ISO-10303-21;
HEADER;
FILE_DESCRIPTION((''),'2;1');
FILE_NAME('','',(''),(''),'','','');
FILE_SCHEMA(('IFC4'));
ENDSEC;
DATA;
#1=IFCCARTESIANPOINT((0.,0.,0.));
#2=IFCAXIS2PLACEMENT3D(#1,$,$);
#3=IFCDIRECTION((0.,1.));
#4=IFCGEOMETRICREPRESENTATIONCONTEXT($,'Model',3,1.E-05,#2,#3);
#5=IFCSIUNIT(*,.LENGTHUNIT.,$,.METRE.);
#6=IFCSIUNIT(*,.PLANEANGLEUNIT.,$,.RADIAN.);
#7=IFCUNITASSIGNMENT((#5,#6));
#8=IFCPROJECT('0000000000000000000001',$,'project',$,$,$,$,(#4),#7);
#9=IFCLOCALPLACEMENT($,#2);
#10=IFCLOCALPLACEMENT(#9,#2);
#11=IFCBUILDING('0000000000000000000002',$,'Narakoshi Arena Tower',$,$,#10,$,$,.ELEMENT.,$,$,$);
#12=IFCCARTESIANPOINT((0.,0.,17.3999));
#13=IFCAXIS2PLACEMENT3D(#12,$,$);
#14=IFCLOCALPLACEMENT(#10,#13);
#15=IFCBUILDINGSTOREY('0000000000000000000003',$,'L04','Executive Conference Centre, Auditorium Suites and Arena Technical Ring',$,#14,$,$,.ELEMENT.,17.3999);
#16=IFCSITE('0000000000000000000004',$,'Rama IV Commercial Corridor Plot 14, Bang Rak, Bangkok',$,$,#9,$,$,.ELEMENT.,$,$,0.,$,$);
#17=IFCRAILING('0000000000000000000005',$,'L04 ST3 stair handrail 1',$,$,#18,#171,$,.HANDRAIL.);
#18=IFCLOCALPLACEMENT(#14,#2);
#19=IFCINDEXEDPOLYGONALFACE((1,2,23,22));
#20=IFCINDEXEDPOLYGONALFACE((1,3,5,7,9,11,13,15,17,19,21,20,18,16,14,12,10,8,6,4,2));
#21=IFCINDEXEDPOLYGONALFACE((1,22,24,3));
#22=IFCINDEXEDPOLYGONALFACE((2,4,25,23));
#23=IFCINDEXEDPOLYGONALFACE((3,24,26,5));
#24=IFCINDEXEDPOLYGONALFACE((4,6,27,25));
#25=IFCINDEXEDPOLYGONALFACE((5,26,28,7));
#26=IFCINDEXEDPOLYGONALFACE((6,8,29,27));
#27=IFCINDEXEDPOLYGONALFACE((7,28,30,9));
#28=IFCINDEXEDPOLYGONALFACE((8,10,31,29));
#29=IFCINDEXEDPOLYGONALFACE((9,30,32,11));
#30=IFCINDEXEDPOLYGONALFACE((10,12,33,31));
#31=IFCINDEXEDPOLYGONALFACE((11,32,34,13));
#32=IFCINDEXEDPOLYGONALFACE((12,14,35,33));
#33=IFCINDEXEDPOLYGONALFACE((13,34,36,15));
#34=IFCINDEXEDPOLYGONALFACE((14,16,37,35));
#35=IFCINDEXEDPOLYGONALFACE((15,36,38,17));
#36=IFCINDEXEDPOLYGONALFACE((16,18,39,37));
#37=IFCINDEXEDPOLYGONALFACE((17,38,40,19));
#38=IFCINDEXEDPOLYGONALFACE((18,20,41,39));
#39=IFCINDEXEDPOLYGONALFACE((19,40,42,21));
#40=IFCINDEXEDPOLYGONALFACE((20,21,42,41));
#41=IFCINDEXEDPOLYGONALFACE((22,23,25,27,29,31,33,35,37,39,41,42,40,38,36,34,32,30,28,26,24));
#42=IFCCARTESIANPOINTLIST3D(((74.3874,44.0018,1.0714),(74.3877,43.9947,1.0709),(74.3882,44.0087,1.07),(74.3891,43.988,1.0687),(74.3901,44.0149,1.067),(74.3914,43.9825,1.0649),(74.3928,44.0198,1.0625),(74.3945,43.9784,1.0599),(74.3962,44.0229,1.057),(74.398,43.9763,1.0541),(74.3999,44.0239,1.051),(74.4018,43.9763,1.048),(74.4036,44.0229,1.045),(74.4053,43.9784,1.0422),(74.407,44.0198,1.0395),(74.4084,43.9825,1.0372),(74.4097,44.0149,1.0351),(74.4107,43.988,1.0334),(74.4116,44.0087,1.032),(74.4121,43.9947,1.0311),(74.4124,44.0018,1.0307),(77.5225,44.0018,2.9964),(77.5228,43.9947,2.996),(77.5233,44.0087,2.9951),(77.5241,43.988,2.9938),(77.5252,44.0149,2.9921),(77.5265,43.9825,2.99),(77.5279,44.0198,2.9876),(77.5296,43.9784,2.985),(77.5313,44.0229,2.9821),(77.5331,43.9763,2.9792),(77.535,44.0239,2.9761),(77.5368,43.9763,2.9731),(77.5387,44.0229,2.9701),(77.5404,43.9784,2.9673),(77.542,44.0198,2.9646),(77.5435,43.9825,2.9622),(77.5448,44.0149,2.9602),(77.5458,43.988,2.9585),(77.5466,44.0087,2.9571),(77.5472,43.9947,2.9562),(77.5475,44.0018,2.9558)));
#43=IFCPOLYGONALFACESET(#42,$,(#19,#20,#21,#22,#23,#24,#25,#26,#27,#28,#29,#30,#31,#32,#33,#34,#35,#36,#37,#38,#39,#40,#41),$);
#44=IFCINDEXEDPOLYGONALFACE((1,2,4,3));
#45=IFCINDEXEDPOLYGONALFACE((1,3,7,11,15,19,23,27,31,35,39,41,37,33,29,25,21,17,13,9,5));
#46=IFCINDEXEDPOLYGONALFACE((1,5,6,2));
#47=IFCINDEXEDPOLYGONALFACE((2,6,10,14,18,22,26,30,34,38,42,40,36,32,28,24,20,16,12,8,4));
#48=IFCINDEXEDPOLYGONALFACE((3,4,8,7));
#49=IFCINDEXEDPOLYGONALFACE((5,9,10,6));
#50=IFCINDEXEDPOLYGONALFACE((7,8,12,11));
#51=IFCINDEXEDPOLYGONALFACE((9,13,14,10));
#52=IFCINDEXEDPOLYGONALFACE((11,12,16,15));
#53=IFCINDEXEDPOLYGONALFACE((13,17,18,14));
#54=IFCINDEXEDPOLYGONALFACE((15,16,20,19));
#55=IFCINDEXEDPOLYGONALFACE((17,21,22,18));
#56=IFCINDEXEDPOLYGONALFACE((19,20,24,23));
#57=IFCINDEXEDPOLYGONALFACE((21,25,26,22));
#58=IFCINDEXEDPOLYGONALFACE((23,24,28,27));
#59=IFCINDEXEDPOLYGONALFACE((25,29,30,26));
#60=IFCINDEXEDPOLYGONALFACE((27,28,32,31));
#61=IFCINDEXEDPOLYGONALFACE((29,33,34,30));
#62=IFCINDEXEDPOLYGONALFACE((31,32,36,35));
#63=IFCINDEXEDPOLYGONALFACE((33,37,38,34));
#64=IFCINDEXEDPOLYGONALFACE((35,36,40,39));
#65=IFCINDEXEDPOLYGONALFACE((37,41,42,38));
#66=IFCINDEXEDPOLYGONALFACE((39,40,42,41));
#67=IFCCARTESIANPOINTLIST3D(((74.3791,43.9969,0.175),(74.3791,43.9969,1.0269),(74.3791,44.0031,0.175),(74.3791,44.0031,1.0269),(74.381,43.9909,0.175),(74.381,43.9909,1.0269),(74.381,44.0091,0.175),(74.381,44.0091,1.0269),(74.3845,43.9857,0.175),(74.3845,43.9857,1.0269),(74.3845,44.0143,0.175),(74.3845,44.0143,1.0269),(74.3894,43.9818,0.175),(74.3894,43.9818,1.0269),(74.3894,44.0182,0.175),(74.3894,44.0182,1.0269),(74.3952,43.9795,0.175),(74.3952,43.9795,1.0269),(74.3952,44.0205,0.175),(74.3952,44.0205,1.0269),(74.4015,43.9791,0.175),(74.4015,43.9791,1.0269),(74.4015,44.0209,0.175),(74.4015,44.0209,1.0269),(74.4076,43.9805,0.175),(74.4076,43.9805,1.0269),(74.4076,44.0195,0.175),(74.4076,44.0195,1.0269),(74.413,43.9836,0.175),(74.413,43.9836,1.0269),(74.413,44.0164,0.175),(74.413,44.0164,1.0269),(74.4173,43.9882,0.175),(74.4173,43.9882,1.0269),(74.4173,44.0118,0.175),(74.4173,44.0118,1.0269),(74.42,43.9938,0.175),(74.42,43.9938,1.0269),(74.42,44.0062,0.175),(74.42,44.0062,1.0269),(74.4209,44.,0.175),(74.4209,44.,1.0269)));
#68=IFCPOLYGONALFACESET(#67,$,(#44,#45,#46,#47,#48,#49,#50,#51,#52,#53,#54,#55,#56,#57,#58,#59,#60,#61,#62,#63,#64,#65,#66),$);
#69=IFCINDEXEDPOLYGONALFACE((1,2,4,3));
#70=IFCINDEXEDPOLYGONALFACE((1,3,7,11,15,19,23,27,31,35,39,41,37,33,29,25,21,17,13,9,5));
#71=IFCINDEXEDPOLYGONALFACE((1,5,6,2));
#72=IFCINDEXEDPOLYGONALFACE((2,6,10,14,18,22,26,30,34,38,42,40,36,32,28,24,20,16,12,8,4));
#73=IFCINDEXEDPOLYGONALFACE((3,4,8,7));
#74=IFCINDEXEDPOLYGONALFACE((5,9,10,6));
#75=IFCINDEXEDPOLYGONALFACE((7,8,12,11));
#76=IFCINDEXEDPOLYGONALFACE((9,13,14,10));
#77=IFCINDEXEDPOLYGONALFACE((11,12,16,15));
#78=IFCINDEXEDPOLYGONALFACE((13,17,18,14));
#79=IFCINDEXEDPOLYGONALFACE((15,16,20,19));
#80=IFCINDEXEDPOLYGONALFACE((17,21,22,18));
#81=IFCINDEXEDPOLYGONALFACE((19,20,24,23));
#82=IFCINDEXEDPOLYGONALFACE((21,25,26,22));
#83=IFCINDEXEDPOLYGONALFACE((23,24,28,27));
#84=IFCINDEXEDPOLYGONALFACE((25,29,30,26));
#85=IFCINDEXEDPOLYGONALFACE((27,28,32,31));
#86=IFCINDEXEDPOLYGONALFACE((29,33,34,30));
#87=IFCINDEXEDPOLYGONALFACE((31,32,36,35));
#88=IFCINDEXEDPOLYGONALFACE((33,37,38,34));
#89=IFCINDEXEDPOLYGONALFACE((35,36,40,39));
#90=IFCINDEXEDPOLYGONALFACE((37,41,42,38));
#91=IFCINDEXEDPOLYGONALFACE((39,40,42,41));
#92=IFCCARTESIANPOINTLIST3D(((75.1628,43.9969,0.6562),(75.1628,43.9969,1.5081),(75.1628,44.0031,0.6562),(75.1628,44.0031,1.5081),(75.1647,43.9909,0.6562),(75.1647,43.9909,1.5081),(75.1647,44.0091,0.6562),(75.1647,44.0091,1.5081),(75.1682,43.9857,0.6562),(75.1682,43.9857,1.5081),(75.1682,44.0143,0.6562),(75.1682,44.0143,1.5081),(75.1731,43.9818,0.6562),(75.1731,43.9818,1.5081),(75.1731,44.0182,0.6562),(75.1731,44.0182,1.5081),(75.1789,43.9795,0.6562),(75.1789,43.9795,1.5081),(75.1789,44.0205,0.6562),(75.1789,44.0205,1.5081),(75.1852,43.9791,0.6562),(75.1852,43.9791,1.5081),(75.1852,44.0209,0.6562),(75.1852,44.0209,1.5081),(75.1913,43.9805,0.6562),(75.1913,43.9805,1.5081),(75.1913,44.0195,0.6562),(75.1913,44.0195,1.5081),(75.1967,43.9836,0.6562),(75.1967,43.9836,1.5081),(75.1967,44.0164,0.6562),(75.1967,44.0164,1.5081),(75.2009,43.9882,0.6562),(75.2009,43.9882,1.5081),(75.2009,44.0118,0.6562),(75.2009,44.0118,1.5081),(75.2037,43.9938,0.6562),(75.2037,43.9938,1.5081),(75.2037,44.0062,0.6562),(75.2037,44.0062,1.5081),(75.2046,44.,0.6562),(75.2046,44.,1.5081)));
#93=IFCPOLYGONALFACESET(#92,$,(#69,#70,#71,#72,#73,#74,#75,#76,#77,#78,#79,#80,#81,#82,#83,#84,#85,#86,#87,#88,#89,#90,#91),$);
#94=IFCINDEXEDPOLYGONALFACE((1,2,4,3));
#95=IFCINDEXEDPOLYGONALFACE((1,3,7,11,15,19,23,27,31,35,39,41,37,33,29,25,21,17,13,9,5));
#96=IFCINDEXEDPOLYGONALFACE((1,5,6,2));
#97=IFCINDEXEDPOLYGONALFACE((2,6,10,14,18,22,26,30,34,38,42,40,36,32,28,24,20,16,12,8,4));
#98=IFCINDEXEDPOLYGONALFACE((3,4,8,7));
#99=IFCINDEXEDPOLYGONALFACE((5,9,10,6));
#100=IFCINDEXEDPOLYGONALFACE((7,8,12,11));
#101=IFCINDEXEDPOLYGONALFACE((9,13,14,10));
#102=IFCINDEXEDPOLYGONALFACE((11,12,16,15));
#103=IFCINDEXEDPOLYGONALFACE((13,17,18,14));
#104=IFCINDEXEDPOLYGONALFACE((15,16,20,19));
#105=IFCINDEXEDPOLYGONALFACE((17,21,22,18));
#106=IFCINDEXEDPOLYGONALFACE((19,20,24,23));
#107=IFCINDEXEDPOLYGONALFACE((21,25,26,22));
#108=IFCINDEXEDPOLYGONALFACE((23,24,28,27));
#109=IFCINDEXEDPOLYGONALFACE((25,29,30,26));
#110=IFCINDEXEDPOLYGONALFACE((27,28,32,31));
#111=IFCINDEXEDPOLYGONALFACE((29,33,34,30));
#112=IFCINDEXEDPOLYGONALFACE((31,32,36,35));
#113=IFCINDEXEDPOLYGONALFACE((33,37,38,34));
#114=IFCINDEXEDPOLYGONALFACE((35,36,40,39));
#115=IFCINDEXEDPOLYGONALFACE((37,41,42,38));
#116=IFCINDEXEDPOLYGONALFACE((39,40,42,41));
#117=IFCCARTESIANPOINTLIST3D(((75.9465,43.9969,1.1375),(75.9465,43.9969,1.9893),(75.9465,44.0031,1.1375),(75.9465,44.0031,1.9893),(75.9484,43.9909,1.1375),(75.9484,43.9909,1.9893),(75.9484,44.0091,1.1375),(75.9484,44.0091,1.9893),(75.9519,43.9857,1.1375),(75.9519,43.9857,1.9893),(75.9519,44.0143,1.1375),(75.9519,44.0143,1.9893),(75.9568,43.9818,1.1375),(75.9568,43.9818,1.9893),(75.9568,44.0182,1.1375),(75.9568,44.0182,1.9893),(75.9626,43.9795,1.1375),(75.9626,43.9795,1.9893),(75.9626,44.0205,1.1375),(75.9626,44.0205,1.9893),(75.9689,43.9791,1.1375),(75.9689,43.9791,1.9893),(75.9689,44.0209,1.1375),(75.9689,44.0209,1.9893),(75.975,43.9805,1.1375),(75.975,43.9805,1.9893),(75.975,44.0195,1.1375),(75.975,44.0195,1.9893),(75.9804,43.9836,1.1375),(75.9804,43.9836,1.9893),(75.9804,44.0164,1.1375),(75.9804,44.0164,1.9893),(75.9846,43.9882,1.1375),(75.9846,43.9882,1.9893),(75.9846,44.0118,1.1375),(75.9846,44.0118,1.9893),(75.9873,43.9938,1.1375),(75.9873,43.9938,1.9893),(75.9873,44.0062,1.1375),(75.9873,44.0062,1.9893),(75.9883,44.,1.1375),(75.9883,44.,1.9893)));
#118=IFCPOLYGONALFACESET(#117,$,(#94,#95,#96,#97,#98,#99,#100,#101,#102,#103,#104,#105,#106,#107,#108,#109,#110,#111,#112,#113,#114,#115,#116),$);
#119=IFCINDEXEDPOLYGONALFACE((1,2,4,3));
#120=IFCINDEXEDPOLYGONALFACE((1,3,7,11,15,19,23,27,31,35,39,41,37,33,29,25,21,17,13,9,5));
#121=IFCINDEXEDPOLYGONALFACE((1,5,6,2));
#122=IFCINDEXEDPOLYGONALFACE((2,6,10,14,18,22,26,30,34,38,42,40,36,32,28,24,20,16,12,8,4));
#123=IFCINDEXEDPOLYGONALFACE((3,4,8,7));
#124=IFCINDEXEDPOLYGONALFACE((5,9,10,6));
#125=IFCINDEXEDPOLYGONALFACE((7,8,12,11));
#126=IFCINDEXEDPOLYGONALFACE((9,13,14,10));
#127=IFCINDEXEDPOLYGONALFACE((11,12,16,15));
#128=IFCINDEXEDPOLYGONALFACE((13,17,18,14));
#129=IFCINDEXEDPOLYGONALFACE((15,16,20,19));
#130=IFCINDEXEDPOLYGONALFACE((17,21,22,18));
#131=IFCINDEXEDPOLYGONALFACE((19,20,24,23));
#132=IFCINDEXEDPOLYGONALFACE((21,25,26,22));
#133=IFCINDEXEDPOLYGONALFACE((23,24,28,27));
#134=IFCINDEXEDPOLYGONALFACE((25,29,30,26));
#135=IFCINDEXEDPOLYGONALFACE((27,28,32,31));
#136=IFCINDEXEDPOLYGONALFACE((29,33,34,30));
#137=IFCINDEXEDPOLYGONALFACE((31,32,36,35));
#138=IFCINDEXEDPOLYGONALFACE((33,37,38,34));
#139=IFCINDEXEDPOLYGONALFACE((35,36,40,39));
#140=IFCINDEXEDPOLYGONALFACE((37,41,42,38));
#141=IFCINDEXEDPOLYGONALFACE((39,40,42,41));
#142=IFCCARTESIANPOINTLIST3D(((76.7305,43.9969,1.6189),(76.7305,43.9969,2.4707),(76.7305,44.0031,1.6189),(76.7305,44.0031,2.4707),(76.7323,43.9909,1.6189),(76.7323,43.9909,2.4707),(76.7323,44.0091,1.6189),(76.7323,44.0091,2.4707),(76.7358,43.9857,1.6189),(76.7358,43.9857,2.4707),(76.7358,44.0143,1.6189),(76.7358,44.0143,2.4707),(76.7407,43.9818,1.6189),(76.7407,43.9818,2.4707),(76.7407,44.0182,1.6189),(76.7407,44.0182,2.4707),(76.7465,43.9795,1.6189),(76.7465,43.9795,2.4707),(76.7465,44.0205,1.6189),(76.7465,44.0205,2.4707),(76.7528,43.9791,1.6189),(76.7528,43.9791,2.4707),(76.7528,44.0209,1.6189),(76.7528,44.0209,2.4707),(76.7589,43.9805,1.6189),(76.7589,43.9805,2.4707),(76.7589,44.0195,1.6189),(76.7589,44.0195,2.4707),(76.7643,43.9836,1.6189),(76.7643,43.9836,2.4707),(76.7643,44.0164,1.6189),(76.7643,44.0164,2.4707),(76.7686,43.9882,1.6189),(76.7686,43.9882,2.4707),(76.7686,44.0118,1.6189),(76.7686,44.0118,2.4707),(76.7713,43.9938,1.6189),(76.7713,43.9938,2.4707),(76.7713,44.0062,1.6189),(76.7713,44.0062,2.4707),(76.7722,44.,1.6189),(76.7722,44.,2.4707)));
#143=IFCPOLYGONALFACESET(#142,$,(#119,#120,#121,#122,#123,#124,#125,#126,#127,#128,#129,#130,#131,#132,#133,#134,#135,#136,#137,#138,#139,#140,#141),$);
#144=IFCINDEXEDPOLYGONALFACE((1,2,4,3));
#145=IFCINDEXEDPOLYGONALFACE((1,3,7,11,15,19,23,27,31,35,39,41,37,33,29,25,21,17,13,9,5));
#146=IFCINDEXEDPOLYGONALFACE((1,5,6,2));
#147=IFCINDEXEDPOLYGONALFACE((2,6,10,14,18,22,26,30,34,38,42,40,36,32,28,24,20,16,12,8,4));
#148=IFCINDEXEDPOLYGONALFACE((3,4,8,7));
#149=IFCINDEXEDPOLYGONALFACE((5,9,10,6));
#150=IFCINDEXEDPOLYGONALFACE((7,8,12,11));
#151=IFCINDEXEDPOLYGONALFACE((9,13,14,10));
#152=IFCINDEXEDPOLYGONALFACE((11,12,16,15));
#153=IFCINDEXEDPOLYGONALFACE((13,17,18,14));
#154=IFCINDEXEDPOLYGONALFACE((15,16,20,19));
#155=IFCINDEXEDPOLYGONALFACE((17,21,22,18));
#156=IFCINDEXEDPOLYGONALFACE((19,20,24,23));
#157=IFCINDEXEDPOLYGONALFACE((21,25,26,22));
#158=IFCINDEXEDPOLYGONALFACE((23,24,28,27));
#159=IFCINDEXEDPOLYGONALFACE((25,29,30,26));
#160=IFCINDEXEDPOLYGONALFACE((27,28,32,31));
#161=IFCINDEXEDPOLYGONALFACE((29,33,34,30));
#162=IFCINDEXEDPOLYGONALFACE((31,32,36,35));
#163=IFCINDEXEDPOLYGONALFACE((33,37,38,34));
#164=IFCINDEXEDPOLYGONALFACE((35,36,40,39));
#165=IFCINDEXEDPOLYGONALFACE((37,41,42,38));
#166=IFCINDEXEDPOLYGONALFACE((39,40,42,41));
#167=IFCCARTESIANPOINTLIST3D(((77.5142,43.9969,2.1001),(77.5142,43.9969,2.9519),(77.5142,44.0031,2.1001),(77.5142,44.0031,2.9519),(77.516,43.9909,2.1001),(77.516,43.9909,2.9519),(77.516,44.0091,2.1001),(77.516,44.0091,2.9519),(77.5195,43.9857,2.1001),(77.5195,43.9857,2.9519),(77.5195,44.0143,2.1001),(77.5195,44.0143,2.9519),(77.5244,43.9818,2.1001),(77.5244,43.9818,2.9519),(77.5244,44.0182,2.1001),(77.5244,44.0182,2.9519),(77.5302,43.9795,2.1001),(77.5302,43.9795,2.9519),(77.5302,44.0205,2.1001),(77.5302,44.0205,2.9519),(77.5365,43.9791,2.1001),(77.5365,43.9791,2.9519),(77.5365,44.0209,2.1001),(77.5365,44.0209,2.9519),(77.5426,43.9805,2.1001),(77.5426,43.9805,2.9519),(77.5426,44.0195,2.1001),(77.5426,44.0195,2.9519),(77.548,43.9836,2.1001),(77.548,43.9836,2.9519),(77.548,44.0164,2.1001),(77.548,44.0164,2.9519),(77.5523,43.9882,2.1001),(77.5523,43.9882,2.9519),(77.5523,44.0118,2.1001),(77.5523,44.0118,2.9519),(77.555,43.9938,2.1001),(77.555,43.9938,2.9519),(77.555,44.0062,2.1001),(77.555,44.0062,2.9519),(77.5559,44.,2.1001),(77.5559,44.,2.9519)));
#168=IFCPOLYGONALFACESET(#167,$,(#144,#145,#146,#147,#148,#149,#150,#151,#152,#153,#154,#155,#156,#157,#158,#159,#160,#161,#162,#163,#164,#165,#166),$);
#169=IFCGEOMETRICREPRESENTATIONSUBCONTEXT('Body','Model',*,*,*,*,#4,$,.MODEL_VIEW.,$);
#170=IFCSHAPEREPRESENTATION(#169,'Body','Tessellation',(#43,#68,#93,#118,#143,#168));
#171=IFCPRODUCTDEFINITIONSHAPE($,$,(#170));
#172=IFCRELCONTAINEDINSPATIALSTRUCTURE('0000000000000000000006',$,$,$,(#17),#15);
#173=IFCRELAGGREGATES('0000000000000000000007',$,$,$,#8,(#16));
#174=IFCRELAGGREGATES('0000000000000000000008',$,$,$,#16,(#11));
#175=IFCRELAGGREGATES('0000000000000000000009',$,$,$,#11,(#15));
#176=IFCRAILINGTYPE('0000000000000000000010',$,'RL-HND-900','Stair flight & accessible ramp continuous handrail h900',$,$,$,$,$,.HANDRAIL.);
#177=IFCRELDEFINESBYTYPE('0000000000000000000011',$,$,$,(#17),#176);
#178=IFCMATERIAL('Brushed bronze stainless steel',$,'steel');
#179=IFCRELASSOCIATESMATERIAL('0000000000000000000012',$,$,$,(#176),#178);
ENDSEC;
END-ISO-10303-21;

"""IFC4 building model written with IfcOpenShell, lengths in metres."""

from ifc_helpers import new_model, si_unit, direction, frame, origin, origin_2d, place, context, subcontext, project, spatial, circle, extrude, material, type_object, element, save


model = new_model("IFC4")

# Units and contexts
model_context = context("Model", 3, precision=1e-05, world=origin(), true_north=direction((0.0, 1.0)))
body_context = subcontext(model_context, "Body", "Model", "MODEL_VIEW")
ifc_project = project(units=[si_unit("LENGTHUNIT", "METRE"), si_unit("PLANEANGLEUNIT", "RADIAN")], contexts=[model_context])

# Site, building, storey
site_placement = place(None, origin())
site = spatial("IfcSite", under=ifc_project, at=site_placement, Name="Rama IV Commercial Corridor Plot 14, Bang Rak, Bangkok", CompositionType="ELEMENT", RefElevation=0.0)
building_placement = place(site_placement, origin())
building = spatial("IfcBuilding", under=site, at=building_placement, Name="Narakoshi Arena Tower", CompositionType="ELEMENT")
storey_placement = place(building_placement, frame((0.0, 0.0, 17.3999)))
storey = spatial("IfcBuildingStorey", under=building, at=storey_placement, Name="L04", Description="Executive Conference Centre, Auditorium Suites and Arena Technical Ring", CompositionType="ELEMENT", Elevation=17.3999)

# Shared definitions
ifc_material_1 = material(Name="Brushed bronze stainless steel", Category="steel")

# Railing
railing_type_1 = type_object("IfcRailingType", Name="RL-HND-900", Description="Stair flight & accessible ramp continuous handrail h900", PredefinedType="HANDRAIL", material=ifc_material_1)
for number, where, name in (
    (1, (74.3999, 44.0, 0.175), "L04 ST3 stair handrail 1"),
):
    element("IfcRailing", number, at=place(storey_placement, frame(where)), inside=storey, type_object=railing_type_1, Name=name, PredefinedType="HANDRAIL", context=body_context, shape_type="SweptSolid", body=[
        extrude(circle(Radius=0.0239, at=origin_2d()), frame((0.0, 0.0, 0.876), z_axis=(0.852166, 0.0, 0.523271), x_axis=(0.0, 1.0, 0.0)), (0.0, 0.0, 1.0), 3.679),
        extrude(circle(Radius=0.021, at=origin_2d()), origin(), (0.0, 0.0, 1.0), 0.8518),
        extrude(circle(Radius=0.021, at=origin_2d()), frame((0.7837, 0.0, 0.4812)), (0.0, 0.0, 1.0), 0.8518),
        extrude(circle(Radius=0.021, at=origin_2d()), frame((1.5674, 0.0, 0.9624)), (0.0, 0.0, 1.0), 0.8518),
        extrude(circle(Radius=0.021, at=origin_2d()), frame((2.3513, 0.0, 1.4438)), (0.0, 0.0, 1.0), 0.8518),
        extrude(circle(Radius=0.021, at=origin_2d()), frame((3.135, 0.0, 1.925)), (0.0, 0.0, 1.0), 0.8518),
    ])

save(model, "model.ifc")
